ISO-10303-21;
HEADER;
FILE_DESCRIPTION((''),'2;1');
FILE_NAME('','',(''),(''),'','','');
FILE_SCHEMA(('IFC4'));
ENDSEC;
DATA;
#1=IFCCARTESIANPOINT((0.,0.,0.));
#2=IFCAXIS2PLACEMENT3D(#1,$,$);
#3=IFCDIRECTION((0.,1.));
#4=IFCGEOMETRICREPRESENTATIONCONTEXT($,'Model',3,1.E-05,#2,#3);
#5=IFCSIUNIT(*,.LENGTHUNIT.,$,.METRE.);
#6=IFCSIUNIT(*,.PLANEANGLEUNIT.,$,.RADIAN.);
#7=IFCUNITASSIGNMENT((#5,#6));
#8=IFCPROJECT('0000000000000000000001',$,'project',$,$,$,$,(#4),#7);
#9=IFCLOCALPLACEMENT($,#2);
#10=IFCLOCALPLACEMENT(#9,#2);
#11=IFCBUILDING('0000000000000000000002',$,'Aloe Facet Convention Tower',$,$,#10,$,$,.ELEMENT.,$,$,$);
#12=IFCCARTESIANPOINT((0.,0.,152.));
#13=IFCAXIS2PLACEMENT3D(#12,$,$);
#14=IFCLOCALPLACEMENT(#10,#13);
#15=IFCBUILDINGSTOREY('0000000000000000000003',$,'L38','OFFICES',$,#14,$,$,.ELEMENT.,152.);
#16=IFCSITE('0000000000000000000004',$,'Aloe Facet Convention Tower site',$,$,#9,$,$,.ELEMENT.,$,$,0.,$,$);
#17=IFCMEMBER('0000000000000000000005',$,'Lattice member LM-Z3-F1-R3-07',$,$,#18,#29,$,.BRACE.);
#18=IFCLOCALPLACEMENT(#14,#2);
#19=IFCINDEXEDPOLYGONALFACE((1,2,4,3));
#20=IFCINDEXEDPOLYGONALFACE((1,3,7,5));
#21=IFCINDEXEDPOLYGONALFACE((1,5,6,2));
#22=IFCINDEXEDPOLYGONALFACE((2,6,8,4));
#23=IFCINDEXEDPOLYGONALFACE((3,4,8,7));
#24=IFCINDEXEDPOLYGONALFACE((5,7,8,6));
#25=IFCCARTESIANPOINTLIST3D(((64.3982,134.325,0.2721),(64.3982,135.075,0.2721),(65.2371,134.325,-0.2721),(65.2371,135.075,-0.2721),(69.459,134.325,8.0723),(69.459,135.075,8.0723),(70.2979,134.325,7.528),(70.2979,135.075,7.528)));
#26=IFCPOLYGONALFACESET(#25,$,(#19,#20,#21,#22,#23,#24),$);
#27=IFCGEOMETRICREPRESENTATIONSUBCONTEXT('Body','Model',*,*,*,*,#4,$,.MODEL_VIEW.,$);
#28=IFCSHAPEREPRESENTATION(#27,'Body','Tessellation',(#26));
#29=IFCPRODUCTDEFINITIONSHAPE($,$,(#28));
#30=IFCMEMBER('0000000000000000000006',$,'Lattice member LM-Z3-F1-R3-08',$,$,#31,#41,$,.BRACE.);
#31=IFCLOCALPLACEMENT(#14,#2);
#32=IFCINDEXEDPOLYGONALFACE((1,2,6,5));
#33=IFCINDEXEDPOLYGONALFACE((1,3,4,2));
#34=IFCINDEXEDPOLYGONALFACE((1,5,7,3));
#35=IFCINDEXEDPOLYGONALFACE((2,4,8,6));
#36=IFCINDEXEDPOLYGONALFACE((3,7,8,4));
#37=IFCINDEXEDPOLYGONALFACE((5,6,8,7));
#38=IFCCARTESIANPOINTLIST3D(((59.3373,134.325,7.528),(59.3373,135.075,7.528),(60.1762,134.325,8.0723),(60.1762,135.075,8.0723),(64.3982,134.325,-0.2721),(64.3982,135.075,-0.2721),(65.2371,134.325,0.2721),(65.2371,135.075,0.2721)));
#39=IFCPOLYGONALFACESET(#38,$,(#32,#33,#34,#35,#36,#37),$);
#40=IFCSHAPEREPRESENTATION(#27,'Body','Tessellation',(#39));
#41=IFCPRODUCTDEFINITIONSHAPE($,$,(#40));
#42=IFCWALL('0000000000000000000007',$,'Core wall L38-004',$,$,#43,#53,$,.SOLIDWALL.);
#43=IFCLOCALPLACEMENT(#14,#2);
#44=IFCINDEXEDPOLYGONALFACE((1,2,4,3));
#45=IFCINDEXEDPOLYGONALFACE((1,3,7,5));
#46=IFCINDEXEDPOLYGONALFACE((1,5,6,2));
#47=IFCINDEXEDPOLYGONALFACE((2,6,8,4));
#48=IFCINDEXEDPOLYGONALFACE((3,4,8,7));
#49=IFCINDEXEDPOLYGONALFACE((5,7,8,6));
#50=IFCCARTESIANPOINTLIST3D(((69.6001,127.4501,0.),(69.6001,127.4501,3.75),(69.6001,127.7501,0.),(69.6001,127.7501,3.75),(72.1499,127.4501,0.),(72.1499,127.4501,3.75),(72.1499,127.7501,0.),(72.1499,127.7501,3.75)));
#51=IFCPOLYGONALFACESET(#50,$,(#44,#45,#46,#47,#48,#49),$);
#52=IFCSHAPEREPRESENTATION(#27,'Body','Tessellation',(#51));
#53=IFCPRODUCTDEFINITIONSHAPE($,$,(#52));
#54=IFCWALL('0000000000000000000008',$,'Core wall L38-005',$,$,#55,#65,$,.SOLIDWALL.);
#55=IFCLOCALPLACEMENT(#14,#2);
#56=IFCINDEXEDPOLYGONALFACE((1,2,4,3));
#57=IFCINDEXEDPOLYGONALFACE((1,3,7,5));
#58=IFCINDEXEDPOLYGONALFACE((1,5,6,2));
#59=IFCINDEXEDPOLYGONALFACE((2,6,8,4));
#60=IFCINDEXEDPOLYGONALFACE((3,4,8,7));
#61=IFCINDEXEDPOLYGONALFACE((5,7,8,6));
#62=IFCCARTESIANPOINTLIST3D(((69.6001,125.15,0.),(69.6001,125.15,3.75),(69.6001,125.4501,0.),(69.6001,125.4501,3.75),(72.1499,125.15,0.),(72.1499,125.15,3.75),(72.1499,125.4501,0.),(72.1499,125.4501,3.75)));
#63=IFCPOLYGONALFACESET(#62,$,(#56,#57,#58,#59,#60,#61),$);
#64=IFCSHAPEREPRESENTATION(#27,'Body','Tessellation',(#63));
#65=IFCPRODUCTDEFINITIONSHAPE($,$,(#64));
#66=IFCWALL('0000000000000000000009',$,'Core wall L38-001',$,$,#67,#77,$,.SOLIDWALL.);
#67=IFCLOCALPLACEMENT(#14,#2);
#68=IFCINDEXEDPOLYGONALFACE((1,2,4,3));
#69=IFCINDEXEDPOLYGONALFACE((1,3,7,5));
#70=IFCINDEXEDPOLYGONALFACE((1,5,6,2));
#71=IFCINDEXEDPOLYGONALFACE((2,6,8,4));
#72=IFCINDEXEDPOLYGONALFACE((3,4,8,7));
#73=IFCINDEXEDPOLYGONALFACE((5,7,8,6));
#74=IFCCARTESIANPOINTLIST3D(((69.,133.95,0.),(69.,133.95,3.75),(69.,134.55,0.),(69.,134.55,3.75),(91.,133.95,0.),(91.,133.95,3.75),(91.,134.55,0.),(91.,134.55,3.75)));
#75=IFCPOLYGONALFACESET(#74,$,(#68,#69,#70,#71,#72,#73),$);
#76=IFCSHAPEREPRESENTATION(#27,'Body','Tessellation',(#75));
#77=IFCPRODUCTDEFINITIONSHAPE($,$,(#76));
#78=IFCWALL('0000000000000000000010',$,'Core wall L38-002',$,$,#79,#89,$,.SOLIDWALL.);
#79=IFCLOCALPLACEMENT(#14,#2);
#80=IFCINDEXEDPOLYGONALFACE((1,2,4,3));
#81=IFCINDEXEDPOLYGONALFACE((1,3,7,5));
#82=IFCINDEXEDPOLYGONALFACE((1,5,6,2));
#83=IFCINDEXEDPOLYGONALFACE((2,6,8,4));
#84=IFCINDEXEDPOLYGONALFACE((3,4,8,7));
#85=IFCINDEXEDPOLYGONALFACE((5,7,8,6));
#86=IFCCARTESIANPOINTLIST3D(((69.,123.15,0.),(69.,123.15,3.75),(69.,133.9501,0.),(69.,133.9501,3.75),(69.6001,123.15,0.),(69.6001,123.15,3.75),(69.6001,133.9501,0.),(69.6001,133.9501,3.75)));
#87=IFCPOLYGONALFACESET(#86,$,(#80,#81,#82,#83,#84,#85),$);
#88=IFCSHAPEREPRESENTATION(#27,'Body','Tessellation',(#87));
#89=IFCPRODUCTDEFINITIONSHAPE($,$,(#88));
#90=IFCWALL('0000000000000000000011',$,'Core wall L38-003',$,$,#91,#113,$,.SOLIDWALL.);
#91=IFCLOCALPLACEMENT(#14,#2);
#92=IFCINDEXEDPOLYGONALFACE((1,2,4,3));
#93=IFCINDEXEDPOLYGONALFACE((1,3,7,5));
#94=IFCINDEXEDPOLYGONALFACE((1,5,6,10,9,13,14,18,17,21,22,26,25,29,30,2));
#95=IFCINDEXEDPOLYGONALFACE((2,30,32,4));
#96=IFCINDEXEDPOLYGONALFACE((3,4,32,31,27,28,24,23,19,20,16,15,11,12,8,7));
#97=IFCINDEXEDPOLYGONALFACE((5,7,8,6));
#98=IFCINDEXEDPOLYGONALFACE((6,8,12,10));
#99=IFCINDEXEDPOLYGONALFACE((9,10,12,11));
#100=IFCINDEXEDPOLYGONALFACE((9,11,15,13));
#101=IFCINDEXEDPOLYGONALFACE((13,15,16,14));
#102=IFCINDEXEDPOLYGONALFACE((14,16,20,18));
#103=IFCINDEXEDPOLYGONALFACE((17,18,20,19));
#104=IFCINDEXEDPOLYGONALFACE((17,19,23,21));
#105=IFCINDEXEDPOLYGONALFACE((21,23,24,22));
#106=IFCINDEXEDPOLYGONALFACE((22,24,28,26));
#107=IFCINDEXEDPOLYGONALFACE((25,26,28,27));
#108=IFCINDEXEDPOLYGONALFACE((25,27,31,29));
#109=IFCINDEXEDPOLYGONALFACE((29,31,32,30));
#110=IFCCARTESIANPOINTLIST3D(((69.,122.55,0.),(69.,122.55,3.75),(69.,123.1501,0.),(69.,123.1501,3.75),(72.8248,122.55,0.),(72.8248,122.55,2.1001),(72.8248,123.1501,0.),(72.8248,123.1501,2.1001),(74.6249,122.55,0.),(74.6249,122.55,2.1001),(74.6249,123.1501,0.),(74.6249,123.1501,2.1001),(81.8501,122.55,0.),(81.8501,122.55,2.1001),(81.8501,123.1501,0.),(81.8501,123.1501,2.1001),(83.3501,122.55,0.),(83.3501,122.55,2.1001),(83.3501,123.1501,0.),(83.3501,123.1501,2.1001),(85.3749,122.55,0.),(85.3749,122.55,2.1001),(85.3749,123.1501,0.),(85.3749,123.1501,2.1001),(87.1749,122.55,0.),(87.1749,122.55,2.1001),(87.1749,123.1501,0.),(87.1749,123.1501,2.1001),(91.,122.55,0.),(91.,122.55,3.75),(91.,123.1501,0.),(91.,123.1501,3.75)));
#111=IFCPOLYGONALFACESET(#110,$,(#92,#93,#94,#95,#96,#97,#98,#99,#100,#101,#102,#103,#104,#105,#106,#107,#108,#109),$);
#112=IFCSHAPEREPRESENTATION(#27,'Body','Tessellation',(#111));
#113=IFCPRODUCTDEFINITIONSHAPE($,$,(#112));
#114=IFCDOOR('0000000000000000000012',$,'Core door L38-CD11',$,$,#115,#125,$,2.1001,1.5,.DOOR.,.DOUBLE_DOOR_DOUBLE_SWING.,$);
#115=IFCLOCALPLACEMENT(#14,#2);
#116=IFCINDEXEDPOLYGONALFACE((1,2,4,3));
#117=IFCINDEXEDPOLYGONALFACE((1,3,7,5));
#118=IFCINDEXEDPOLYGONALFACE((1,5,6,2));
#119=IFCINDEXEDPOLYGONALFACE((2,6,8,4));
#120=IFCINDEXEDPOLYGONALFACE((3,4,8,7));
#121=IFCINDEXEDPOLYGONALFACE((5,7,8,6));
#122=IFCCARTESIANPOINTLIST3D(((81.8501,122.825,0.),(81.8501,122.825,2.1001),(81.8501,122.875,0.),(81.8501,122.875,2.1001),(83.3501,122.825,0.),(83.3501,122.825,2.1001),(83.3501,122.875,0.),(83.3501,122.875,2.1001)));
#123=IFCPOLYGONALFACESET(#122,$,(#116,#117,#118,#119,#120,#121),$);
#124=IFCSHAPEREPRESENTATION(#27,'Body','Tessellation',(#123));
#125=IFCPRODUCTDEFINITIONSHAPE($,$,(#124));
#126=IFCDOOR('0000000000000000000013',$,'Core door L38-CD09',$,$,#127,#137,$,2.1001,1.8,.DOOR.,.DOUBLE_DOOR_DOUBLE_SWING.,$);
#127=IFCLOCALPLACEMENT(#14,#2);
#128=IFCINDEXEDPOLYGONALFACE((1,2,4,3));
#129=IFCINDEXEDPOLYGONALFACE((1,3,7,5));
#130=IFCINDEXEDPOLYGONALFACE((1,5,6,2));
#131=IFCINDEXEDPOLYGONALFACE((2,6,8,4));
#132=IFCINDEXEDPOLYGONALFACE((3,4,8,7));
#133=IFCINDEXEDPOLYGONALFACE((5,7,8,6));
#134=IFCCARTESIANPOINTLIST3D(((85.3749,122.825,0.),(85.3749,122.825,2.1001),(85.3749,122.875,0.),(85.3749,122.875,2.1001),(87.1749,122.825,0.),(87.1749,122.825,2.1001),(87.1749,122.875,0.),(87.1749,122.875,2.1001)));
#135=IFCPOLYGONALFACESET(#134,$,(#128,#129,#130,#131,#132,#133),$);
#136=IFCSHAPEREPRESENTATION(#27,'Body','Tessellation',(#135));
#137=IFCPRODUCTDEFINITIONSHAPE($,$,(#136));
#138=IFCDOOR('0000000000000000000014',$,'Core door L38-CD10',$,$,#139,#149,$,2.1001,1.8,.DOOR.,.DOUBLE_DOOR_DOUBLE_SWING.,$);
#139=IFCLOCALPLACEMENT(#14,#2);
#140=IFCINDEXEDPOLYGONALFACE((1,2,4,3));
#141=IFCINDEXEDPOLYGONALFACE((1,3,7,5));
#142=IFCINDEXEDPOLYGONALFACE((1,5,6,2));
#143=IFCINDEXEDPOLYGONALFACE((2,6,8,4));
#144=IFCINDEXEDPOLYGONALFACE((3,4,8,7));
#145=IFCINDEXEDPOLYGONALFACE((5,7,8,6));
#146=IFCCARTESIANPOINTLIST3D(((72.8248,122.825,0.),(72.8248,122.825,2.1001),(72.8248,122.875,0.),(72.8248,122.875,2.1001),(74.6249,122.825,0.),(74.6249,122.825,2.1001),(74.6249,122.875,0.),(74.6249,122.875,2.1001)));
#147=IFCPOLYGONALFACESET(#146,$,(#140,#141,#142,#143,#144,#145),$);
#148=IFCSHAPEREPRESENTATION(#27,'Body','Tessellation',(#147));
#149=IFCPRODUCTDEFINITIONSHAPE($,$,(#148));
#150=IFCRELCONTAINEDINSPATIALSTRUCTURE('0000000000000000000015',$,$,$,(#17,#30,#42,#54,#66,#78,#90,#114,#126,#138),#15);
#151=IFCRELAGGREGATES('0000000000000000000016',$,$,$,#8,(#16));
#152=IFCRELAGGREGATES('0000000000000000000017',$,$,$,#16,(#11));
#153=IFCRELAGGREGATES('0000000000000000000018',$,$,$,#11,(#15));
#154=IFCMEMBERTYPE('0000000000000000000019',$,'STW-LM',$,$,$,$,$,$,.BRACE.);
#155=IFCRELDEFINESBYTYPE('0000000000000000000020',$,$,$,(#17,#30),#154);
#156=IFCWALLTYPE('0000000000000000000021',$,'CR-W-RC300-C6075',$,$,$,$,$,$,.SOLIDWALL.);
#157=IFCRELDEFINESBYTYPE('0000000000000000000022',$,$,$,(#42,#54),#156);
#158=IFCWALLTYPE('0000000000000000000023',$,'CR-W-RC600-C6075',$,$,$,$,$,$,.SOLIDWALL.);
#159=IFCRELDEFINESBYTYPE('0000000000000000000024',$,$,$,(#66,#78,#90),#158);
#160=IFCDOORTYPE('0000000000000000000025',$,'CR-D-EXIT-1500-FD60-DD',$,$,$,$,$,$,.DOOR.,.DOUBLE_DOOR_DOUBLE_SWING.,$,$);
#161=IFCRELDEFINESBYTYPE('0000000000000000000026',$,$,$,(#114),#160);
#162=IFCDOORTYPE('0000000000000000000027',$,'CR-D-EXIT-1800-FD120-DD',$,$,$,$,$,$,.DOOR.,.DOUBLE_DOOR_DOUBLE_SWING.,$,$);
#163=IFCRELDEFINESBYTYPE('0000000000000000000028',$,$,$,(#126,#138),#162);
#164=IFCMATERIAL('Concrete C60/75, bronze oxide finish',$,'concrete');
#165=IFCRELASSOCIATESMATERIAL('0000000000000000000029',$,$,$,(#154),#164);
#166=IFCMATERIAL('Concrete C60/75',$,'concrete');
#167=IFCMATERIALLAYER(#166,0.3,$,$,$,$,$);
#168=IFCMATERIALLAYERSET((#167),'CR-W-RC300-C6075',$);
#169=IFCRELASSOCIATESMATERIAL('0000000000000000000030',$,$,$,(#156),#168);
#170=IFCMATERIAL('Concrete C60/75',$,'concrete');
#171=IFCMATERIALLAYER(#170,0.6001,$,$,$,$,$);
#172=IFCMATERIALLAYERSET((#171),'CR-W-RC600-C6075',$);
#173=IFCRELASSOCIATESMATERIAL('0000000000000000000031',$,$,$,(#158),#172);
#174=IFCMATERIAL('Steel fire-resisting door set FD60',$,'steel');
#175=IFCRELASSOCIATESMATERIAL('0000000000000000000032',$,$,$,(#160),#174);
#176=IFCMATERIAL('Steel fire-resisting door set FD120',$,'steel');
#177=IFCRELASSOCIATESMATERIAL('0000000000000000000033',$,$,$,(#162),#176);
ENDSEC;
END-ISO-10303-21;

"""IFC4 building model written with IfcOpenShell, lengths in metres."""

from ifc_helpers import new_model, si_unit, direction, frame, frame_2d, origin, origin_2d, place, context, subcontext, project, spatial, rectangle, extrude, material, layer, layer_set, material_profile, profile_set, type_object, element, fill, save


model = new_model("IFC4")

# Units and contexts
model_context = context("Model", 3, precision=1e-05, world=origin(), true_north=direction((0.0, 1.0)))
body_context = subcontext(model_context, "Body", "Model", "MODEL_VIEW")
ifc_project = project(units=[si_unit("LENGTHUNIT", "METRE"), si_unit("PLANEANGLEUNIT", "RADIAN")], contexts=[model_context])

# Site, building, storey
site_placement = place(None, origin())
site = spatial("IfcSite", under=ifc_project, at=site_placement, Name="Aloe Facet Convention Tower site", CompositionType="ELEMENT", RefElevation=0.0)
building_placement = place(site_placement, origin())
building = spatial("IfcBuilding", under=site, at=building_placement, Name="Aloe Facet Convention Tower", CompositionType="ELEMENT")
storey_placement = place(building_placement, frame((0.0, 0.0, 152.0)))
storey = spatial("IfcBuildingStorey", under=building, at=storey_placement, Name="L38", Description="OFFICES", CompositionType="ELEMENT", Elevation=152.0)

# Members
ifc_material_1 = material(Name="Concrete C60/75, bronze oxide finish", Category="concrete")
ifc_material_profile = material_profile(ifc_material_1, rectangle(XDim=0.75, YDim=1.0, at=origin_2d()), Name="STW-LM")
ifc_profile_set = profile_set([ifc_material_profile], Name="Concrete C60/75, bronze oxide finish")
member_type = type_object("IfcMemberType", Name="STW-LM", PredefinedType="BRACE", material=ifc_profile_set)
for number, where, z_axis, x_axis, name in (
    (1, (64.8176, 134.7, 0.0), (0.54429, 0.0, 0.838897), (0.0, 1.0, 0.0), "Lattice member LM-Z3-F1-R3-07"),
    (2, (64.8176, 134.7, 0.0), (-0.54429, 0.0, 0.838897), (0.0, -1.0, 0.0), "Lattice member LM-Z3-F1-R3-08"),
):
    element("IfcMember", number, at=place(storey_placement, frame(where, z_axis=z_axis, x_axis=x_axis)), inside=storey, type_object=member_type, Name=name, PredefinedType="BRACE", context=body_context, shape_type="SweptSolid", body=[
        extrude(rectangle(XDim=0.75, YDim=1.0, at=origin_2d()), origin(), (0.0, 0.0, 1.0), 9.2981),
    ])

# Walls
ifc_material_2 = material(Name="Concrete C60/75", Category="concrete")
ifc_layer_1 = layer(ifc_material_2, 0.3)
ifc_layer_set_1 = layer_set([ifc_layer_1], Name="CR-W-RC300-C6075")
wall_type_1 = type_object("IfcWallType", Name="CR-W-RC300-C6075", PredefinedType="SOLIDWALL", material=ifc_layer_set_1)
for number, where, z_axis, x_axis, name in (
    (3, (69.6001, 127.6001, 0.0), (0.0, 0.0, 1.0), (1.0, 0.0, 0.0), "Core wall L38-004"),
    (4, (69.6001, 125.3, 0.0), (0.0, 0.0, 1.0), (1.0, 0.0, 0.0), "Core wall L38-005"),
):
    element("IfcWall", number, at=place(storey_placement, frame(where, z_axis=z_axis, x_axis=x_axis)), inside=storey, type_object=wall_type_1, Name=name, PredefinedType="SOLIDWALL", context=body_context, shape_type="SweptSolid", body=[
        extrude(rectangle(XDim=2.5498, YDim=0.3, at=frame_2d((1.2749, 0.0))), origin(), (0.0, 0.0, 1.0), 3.75),
    ])
ifc_material_3 = material(Name="Concrete C60/75", Category="concrete")
ifc_layer_2 = layer(ifc_material_3, 0.6001)
ifc_layer_set_2 = layer_set([ifc_layer_2], Name="CR-W-RC600-C6075")
wall_type_2 = type_object("IfcWallType", Name="CR-W-RC600-C6075", PredefinedType="SOLIDWALL", material=ifc_layer_set_2)
wall_1_placement = place(storey_placement, frame((69.0, 134.25, 0.0), z_axis=(0.0, 0.0, 1.0), x_axis=(1.0, 0.0, 0.0)))
element("IfcWall", 5, at=wall_1_placement, inside=storey, type_object=wall_type_2, Name="Core wall L38-001", PredefinedType="SOLIDWALL", context=body_context, shape_type="SweptSolid", body=[
    extrude(rectangle(XDim=22.0, YDim=0.6001, at=frame_2d((11.0, 0.0))), origin(), (0.0, 0.0, 1.0), 3.75),
])
wall_2_placement = place(storey_placement, frame((69.3, 133.95, 0.0), z_axis=(0.0, 0.0, 1.0), x_axis=(0.0, -1.0, 0.0)))
element("IfcWall", 6, at=wall_2_placement, inside=storey, type_object=wall_type_2, Name="Core wall L38-002", PredefinedType="SOLIDWALL", context=body_context, shape_type="SweptSolid", body=[
    extrude(rectangle(XDim=10.8, YDim=0.6001, at=frame_2d((5.3999, 0.0))), origin(), (0.0, 0.0, 1.0), 3.75),
])

# Wall, openings, doors
wall_3_placement = place(storey_placement, frame((69.0, 122.8501, 0.0), z_axis=(0.0, 0.0, 1.0), x_axis=(1.0, 0.0, 0.0)))
wall_3 = element("IfcWall", 7, at=wall_3_placement, inside=storey, type_object=wall_type_2, Name="Core wall L38-003", PredefinedType="SOLIDWALL", context=body_context, shape_type="SweptSolid", body=[
    extrude(rectangle(XDim=22.0, YDim=0.6001, at=frame_2d((11.0, 0.0))), origin(), (0.0, 0.0, 1.0), 3.75),
])
opening_1_placement = place(wall_3_placement, frame((16.375, 0.0, 0.0)))
opening_1 = element("IfcOpeningElement", 8, at=opening_1_placement, cuts=wall_3, PredefinedType="OPENING", context=body_context, shape_type="SweptSolid", body=[
    extrude(rectangle(XDim=1.8, YDim=2.1001, at=frame_2d((0.8999, 1.05))), frame((0.0, 0.3101, 0.0), z_axis=(0.0, -1.0, 0.0), x_axis=(1.0, 0.0, 0.0)), (0.0, 0.0, 1.0), 0.6201),
])
opening_2_placement = place(wall_3_placement, frame((3.825, 0.0, 0.0)))
opening_2 = element("IfcOpeningElement", 9, at=opening_2_placement, cuts=wall_3, PredefinedType="OPENING", context=body_context, shape_type="SweptSolid", body=[
    extrude(rectangle(XDim=1.8, YDim=2.1001, at=frame_2d((0.8999, 1.05))), frame((0.0, 0.3101, 0.0), z_axis=(0.0, -1.0, 0.0), x_axis=(1.0, 0.0, 0.0)), (0.0, 0.0, 1.0), 0.6201),
])
opening_3_placement = place(wall_3_placement, frame((12.8501, 0.0, 0.0)))
opening_3 = element("IfcOpeningElement", 10, at=opening_3_placement, cuts=wall_3, PredefinedType="OPENING", context=body_context, shape_type="SweptSolid", body=[
    extrude(rectangle(XDim=1.5, YDim=2.1001, at=frame_2d((0.75, 1.05))), frame((0.0, 0.3101, 0.0), z_axis=(0.0, -1.0, 0.0), x_axis=(1.0, 0.0, 0.0)), (0.0, 0.0, 1.0), 0.6201),
])
ifc_material_4 = material(Name="Steel fire-resisting door set FD60", Category="steel")
door_type_1 = type_object("IfcDoorType", Name="CR-D-EXIT-1500-FD60-DD", OperationType="DOUBLE_DOOR_DOUBLE_SWING", PredefinedType="DOOR", material=ifc_material_4)
door_1_placement = place(opening_3_placement, origin())
door_1 = element("IfcDoor", 11, at=door_1_placement, inside=storey, type_object=door_type_1, Name="Core door L38-CD11", OperationType="DOUBLE_DOOR_DOUBLE_SWING", OverallHeight=2.1001, OverallWidth=1.5, PredefinedType="DOOR", context=body_context, shape_type="SweptSolid", body=[
    extrude(rectangle(XDim=1.5, YDim=2.1001, at=frame_2d((0.75, 1.05))), frame((0.0, 0.0249, 0.0), z_axis=(0.0, -1.0, 0.0), x_axis=(1.0, 0.0, 0.0)), (0.0, 0.0, 1.0), 0.05),
])
fill(opening_3, door_1)
ifc_material_5 = material(Name="Steel fire-resisting door set FD120", Category="steel")
door_type_2 = type_object("IfcDoorType", Name="CR-D-EXIT-1800-FD120-DD", OperationType="DOUBLE_DOOR_DOUBLE_SWING", PredefinedType="DOOR", material=ifc_material_5)
door_2_placement = place(opening_1_placement, origin())
door_2 = element("IfcDoor", 12, at=door_2_placement, inside=storey, type_object=door_type_2, Name="Core door L38-CD09", OperationType="DOUBLE_DOOR_DOUBLE_SWING", OverallHeight=2.1001, OverallWidth=1.8, PredefinedType="DOOR", context=body_context, shape_type="SweptSolid", body=[
    extrude(rectangle(XDim=1.8, YDim=2.1001, at=frame_2d((0.8999, 1.05))), frame((0.0, 0.0249, 0.0), z_axis=(0.0, -1.0, 0.0), x_axis=(1.0, 0.0, 0.0)), (0.0, 0.0, 1.0), 0.05),
])
fill(opening_1, door_2)
door_3_placement = place(opening_2_placement, origin())
door_3 = element("IfcDoor", 13, at=door_3_placement, inside=storey, type_object=door_type_2, Name="Core door L38-CD10", OperationType="DOUBLE_DOOR_DOUBLE_SWING", OverallHeight=2.1001, OverallWidth=1.8, PredefinedType="DOOR", context=body_context, shape_type="SweptSolid", body=[
    extrude(rectangle(XDim=1.8, YDim=2.1001, at=frame_2d((0.8999, 1.05))), frame((0.0, 0.0249, 0.0), z_axis=(0.0, -1.0, 0.0), x_axis=(1.0, 0.0, 0.0)), (0.0, 0.0, 1.0), 0.05),
])
fill(opening_2, door_3)

save(model, "model.ifc")
